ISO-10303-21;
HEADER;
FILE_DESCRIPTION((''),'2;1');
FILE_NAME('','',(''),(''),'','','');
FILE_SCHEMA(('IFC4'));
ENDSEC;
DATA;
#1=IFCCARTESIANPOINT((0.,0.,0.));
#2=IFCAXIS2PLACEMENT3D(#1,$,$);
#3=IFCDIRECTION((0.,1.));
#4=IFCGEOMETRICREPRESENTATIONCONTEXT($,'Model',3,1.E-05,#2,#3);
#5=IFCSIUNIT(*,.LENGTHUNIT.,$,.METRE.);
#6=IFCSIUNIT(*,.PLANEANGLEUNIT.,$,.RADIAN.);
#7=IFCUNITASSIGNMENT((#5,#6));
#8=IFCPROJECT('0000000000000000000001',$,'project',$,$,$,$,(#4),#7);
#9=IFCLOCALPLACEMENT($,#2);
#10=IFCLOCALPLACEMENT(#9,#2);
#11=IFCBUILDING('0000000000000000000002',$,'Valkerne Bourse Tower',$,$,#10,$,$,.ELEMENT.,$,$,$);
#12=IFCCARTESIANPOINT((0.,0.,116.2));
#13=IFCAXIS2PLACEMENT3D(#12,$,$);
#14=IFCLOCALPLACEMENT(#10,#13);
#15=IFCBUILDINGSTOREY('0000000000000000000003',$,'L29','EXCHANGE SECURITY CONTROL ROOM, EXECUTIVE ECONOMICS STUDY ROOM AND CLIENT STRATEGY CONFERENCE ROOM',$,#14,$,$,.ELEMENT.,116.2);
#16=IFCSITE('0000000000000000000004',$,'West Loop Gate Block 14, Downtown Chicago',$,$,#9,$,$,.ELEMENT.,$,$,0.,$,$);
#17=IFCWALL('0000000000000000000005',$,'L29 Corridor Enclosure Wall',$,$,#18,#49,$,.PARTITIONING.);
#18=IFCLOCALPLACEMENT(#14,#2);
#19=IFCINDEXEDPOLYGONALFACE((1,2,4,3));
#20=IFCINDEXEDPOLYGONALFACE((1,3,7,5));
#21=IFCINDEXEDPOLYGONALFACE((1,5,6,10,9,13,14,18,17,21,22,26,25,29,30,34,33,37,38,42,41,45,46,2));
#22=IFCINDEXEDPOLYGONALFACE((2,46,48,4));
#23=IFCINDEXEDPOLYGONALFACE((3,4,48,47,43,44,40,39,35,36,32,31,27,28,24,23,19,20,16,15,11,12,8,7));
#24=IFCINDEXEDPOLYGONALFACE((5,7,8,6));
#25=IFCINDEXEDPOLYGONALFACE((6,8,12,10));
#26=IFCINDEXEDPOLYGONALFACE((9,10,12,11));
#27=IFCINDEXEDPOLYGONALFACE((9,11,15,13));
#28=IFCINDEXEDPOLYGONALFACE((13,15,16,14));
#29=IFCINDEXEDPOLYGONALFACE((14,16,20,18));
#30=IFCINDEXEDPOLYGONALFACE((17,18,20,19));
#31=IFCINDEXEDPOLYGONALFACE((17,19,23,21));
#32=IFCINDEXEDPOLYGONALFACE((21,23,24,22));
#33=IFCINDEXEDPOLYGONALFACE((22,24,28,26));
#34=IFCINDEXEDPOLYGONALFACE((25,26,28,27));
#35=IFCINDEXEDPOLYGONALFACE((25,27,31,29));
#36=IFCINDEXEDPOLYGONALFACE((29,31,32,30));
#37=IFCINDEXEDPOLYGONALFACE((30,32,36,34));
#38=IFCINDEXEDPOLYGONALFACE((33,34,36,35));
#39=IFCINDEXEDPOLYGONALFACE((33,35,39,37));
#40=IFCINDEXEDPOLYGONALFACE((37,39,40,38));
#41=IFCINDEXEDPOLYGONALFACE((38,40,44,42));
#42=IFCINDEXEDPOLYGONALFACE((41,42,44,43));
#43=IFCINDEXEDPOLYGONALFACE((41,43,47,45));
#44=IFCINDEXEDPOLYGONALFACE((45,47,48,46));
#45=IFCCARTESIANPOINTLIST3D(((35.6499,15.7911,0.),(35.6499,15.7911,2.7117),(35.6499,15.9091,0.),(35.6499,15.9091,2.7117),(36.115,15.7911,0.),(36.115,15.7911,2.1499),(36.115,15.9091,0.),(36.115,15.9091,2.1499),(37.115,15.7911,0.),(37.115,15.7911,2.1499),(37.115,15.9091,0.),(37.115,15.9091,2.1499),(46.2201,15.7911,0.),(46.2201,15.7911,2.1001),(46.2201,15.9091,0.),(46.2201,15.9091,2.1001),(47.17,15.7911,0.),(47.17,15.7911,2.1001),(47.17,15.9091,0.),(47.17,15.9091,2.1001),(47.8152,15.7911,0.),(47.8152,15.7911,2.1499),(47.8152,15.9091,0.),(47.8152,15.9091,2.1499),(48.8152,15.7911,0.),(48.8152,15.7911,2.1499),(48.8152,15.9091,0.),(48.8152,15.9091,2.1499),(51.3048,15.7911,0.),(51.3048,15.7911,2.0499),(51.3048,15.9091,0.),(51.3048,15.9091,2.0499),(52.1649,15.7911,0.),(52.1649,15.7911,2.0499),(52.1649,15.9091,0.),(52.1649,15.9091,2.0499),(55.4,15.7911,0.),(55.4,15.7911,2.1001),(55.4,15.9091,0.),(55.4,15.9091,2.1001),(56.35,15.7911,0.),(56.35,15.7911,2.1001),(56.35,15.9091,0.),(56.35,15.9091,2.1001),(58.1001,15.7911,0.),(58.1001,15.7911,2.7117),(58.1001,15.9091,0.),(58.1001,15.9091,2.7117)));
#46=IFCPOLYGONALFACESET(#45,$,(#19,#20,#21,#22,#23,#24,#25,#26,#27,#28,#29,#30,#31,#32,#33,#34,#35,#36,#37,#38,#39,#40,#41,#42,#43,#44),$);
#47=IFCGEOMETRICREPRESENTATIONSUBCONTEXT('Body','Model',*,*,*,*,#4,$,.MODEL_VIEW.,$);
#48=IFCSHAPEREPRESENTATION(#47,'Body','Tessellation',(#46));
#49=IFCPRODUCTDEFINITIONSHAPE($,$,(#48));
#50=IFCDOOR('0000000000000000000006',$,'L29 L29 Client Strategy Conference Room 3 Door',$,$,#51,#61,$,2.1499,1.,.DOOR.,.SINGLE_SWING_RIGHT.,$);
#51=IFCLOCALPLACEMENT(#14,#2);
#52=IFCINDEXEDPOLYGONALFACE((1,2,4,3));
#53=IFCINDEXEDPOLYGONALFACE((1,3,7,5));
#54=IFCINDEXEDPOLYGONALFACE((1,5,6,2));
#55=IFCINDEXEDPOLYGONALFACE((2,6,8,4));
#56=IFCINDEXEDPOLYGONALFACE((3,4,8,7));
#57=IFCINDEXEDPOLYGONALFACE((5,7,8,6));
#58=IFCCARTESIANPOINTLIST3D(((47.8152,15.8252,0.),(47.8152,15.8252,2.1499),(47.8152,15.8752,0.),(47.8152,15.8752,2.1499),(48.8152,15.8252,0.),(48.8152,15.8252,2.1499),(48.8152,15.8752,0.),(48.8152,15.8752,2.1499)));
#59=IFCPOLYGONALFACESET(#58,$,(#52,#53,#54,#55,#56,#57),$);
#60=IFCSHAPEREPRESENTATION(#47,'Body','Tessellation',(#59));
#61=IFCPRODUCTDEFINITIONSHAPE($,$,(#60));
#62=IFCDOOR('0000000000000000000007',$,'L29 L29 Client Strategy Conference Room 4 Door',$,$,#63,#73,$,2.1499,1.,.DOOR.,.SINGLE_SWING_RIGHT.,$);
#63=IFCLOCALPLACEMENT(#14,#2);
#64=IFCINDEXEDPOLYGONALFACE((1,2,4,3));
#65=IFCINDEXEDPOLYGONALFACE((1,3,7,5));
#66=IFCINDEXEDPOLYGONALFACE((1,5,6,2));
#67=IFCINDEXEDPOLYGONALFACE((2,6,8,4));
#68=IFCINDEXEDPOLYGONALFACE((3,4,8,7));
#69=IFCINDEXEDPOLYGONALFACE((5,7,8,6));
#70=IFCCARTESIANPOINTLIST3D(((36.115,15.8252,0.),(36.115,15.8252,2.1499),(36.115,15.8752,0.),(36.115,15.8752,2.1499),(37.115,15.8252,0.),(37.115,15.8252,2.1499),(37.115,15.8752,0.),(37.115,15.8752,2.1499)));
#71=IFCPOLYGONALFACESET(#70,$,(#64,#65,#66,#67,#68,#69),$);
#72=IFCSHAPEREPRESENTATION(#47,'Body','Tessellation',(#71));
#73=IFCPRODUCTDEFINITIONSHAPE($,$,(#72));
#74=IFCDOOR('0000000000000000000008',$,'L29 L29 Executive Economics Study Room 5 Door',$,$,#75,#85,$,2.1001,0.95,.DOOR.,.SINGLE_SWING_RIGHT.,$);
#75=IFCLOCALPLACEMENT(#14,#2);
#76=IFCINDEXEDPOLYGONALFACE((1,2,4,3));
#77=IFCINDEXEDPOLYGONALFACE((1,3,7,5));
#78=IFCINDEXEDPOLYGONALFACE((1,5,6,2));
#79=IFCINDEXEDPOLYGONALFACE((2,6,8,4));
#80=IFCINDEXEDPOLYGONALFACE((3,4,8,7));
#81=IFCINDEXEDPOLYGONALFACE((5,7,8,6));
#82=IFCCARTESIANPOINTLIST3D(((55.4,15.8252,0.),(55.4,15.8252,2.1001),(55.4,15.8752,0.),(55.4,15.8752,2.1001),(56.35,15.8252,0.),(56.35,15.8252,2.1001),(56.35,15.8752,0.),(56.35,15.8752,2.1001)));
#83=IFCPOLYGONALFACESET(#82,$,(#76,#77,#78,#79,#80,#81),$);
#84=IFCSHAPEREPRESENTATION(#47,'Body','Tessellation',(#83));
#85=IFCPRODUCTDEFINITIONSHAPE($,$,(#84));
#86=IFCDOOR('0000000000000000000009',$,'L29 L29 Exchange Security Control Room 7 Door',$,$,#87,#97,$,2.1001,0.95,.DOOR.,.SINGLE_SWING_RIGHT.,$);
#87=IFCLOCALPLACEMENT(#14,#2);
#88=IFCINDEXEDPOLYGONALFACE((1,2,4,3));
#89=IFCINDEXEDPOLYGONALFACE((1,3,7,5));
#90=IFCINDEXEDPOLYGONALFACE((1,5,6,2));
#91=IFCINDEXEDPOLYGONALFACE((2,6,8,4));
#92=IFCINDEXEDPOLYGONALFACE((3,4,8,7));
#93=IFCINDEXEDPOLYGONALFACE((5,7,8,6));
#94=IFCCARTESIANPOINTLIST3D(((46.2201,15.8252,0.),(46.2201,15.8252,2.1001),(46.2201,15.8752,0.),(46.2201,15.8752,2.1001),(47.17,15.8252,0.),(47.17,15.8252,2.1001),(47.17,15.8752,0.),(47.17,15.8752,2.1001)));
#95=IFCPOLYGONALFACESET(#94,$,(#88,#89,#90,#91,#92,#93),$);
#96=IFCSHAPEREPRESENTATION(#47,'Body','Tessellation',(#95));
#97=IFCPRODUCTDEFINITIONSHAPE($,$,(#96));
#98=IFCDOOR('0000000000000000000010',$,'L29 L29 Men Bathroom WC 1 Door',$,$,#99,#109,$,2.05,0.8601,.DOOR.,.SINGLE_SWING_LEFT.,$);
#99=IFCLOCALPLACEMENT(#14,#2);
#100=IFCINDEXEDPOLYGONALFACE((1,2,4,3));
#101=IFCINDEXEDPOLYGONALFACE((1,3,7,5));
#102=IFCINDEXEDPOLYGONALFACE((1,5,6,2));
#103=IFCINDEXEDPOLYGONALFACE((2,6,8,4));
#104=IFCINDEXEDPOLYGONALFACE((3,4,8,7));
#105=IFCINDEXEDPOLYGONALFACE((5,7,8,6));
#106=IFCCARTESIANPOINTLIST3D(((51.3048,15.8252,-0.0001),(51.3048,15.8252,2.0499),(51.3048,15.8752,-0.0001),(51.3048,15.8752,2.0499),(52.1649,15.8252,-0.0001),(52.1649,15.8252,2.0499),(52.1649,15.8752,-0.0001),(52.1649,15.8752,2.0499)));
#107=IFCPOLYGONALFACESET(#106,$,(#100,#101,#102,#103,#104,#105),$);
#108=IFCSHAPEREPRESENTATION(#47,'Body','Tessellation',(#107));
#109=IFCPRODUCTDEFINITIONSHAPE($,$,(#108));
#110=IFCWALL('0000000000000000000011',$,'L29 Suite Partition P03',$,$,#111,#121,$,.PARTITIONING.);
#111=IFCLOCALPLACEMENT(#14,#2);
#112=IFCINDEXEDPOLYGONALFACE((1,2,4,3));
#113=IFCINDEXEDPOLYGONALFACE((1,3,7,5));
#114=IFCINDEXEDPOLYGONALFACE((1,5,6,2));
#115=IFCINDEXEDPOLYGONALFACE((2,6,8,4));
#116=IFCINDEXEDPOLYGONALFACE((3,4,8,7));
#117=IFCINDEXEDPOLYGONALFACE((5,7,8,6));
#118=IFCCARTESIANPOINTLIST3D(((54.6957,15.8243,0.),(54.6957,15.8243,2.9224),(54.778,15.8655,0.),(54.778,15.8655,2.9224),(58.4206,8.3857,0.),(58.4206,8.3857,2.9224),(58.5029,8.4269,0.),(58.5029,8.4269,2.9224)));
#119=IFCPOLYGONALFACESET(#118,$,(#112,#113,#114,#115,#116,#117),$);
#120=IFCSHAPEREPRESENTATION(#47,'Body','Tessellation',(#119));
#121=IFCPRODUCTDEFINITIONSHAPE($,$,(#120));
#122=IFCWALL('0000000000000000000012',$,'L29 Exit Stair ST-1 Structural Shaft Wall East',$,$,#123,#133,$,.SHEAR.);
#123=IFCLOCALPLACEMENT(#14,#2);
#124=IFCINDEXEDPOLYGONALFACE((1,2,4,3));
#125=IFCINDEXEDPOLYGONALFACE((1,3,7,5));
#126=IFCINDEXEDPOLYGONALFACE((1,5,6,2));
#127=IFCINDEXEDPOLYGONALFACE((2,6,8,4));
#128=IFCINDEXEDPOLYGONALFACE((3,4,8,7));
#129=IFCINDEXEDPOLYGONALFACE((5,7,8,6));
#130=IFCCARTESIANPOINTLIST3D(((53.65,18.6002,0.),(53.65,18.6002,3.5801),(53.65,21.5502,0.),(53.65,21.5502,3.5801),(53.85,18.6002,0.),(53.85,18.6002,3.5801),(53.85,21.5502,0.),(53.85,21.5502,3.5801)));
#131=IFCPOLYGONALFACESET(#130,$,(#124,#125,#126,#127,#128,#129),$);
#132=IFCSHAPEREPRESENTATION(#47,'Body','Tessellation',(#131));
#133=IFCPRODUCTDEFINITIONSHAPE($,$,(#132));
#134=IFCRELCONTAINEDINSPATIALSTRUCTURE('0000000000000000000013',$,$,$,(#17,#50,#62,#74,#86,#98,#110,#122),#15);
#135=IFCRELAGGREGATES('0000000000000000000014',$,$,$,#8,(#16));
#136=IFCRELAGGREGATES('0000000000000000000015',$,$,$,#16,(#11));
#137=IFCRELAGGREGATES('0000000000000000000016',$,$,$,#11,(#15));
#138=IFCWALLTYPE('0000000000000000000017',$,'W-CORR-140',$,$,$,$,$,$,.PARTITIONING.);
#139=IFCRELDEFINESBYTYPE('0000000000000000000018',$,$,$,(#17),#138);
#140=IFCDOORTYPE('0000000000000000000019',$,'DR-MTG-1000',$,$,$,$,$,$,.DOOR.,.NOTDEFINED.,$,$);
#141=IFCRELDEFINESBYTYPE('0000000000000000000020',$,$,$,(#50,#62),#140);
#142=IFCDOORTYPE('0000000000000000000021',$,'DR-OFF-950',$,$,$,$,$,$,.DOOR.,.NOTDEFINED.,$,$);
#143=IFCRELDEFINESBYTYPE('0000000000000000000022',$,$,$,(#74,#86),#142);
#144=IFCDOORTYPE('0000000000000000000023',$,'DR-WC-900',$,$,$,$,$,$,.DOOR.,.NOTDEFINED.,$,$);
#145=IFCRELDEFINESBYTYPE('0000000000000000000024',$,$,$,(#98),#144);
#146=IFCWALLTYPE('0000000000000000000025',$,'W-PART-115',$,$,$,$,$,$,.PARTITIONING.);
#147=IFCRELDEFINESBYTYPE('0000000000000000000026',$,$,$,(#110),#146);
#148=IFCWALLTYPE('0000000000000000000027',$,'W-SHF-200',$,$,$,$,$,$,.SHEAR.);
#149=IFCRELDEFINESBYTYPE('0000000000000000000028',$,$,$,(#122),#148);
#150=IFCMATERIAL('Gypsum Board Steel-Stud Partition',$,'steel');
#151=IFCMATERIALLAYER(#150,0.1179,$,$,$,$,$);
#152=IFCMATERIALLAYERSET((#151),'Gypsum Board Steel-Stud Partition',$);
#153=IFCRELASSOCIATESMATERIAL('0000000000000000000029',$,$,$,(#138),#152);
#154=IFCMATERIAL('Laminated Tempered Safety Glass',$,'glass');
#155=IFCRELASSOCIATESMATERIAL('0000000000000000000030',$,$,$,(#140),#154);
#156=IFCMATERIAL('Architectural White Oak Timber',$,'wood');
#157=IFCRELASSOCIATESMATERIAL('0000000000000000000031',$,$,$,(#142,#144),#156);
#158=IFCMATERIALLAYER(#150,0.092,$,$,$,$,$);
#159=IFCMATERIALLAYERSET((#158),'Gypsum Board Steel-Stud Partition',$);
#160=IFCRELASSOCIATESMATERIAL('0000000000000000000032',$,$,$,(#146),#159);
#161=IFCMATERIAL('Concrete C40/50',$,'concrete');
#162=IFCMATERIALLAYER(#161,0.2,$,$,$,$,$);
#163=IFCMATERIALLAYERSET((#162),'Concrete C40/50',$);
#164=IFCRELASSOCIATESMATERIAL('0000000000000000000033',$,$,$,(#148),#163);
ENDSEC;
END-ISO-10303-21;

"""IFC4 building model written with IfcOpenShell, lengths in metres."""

from ifc_helpers import new_model, si_unit, direction, frame, frame_2d, origin, place, context, subcontext, project, spatial, rectangle, extrude, material, layer, layer_set, type_object, element, fill, save


model = new_model("IFC4")

# Units and contexts
model_context = context("Model", 3, precision=1e-05, world=origin(), true_north=direction((0.0, 1.0)))
body_context = subcontext(model_context, "Body", "Model", "MODEL_VIEW")
ifc_project = project(units=[si_unit("LENGTHUNIT", "METRE"), si_unit("PLANEANGLEUNIT", "RADIAN")], contexts=[model_context])

# Site, building, storey
site_placement = place(None, origin())
site = spatial("IfcSite", under=ifc_project, at=site_placement, Name="West Loop Gate Block 14, Downtown Chicago", CompositionType="ELEMENT", RefElevation=0.0)
building_placement = place(site_placement, origin())
building = spatial("IfcBuilding", under=site, at=building_placement, Name="Valkerne Bourse Tower", CompositionType="ELEMENT")
storey_placement = place(building_placement, frame((0.0, 0.0, 116.2)))
storey = spatial("IfcBuildingStorey", under=building, at=storey_placement, Name="L29", Description="EXCHANGE SECURITY CONTROL ROOM, EXECUTIVE ECONOMICS STUDY ROOM AND CLIENT STRATEGY CONFERENCE ROOM", CompositionType="ELEMENT", Elevation=116.2)

# Wall, openings, doors
ifc_material_1 = material(Name="Gypsum Board Steel-Stud Partition", Category="steel")
ifc_layer_1 = layer(ifc_material_1, 0.1179)
ifc_layer_set_1 = layer_set([ifc_layer_1], Name="Gypsum Board Steel-Stud Partition")
wall_type_1 = type_object("IfcWallType", Name="W-CORR-140", PredefinedType="PARTITIONING", material=ifc_layer_set_1)
wall_1_placement = place(storey_placement, frame((58.1001, 15.8501, 0.0), z_axis=(0.0, 0.0, 1.0), x_axis=(-1.0, 0.0, 0.0)))
wall_1 = element("IfcWall", 1, at=wall_1_placement, inside=storey, type_object=wall_type_1, Name="L29 Corridor Enclosure Wall", PredefinedType="PARTITIONING", context=body_context, shape_type="SweptSolid", body=[
    extrude(rectangle(XDim=22.4502, YDim=0.1179, at=frame_2d((11.2251, 0.0))), origin(), (0.0, 0.0, 1.0), 2.7117),
])
opening_1_placement = place(wall_1_placement, frame((5.9351, 0.0, 0.0)))
opening_1 = element("IfcOpeningElement", 2, at=opening_1_placement, cuts=wall_1, PredefinedType="OPENING", context=body_context, shape_type="SweptSolid", body=[
    extrude(rectangle(XDim=0.8601, YDim=2.05, at=frame_2d((0.4302, 1.0249))), frame((0.0, 0.0688, 0.0), z_axis=(0.0, -1.0, 0.0), x_axis=(1.0, 0.0, 0.0)), (0.0, 0.0, 1.0), 0.1379),
])
opening_2_placement = place(wall_1_placement, frame((9.2849, 0.0, 0.0)))
opening_2 = element("IfcOpeningElement", 3, at=opening_2_placement, cuts=wall_1, PredefinedType="OPENING", context=body_context, shape_type="SweptSolid", body=[
    extrude(rectangle(XDim=1.0, YDim=2.1499, at=frame_2d((0.5, 1.075))), frame((0.0, 0.0688, 0.0), z_axis=(0.0, -1.0, 0.0), x_axis=(1.0, 0.0, 0.0)), (0.0, 0.0, 1.0), 0.1379),
])
opening_3_placement = place(wall_1_placement, frame((20.9851, 0.0, 0.0)))
opening_3 = element("IfcOpeningElement", 4, at=opening_3_placement, cuts=wall_1, PredefinedType="OPENING", context=body_context, shape_type="SweptSolid", body=[
    extrude(rectangle(XDim=1.0, YDim=2.1499, at=frame_2d((0.5, 1.075))), frame((0.0, 0.0688, 0.0), z_axis=(0.0, -1.0, 0.0), x_axis=(1.0, 0.0, 0.0)), (0.0, 0.0, 1.0), 0.1379),
])
opening_4_placement = place(wall_1_placement, frame((1.75, 0.0, 0.0)))
opening_4 = element("IfcOpeningElement", 5, at=opening_4_placement, cuts=wall_1, PredefinedType="OPENING", context=body_context, shape_type="SweptSolid", body=[
    extrude(rectangle(XDim=0.95, YDim=2.1001, at=frame_2d((0.4751, 1.05))), frame((0.0, 0.0688, 0.0), z_axis=(0.0, -1.0, 0.0), x_axis=(1.0, 0.0, 0.0)), (0.0, 0.0, 1.0), 0.1379),
])
opening_5_placement = place(wall_1_placement, frame((10.9299, 0.0, 0.0)))
opening_5 = element("IfcOpeningElement", 6, at=opening_5_placement, cuts=wall_1, PredefinedType="OPENING", context=body_context, shape_type="SweptSolid", body=[
    extrude(rectangle(XDim=0.95, YDim=2.1001, at=frame_2d((0.4751, 1.05))), frame((0.0, 0.0688, 0.0), z_axis=(0.0, -1.0, 0.0), x_axis=(1.0, 0.0, 0.0)), (0.0, 0.0, 1.0), 0.1379),
])
ifc_material_2 = material(Name="Laminated Tempered Safety Glass", Category="glass")
door_type_1 = type_object("IfcDoorType", Name="DR-MTG-1000", OperationType="NOTDEFINED", PredefinedType="DOOR", material=ifc_material_2)
door_1_placement = place(opening_2_placement, origin())
door_1 = element("IfcDoor", 7, at=door_1_placement, inside=storey, type_object=door_type_1, Name="L29 L29 Client Strategy Conference Room 3 Door", OperationType="SINGLE_SWING_RIGHT", OverallHeight=2.1499, OverallWidth=1.0, PredefinedType="DOOR", context=body_context, shape_type="SweptSolid", body=[
    extrude(rectangle(XDim=1.0, YDim=2.1499, at=frame_2d((0.5, 1.075))), frame((0.0, 0.0249, 0.0), z_axis=(0.0, -1.0, 0.0), x_axis=(1.0, 0.0, 0.0)), (0.0, 0.0, 1.0), 0.05),
])
fill(opening_2, door_1)
door_2_placement = place(opening_3_placement, origin())
door_2 = element("IfcDoor", 8, at=door_2_placement, inside=storey, type_object=door_type_1, Name="L29 L29 Client Strategy Conference Room 4 Door", OperationType="SINGLE_SWING_RIGHT", OverallHeight=2.1499, OverallWidth=1.0, PredefinedType="DOOR", context=body_context, shape_type="SweptSolid", body=[
    extrude(rectangle(XDim=1.0, YDim=2.1499, at=frame_2d((0.5, 1.075))), frame((0.0, 0.0249, 0.0), z_axis=(0.0, -1.0, 0.0), x_axis=(1.0, 0.0, 0.0)), (0.0, 0.0, 1.0), 0.05),
])
fill(opening_3, door_2)
ifc_material_3 = material(Name="Architectural White Oak Timber", Category="wood")
door_type_2 = type_object("IfcDoorType", Name="DR-OFF-950", OperationType="NOTDEFINED", PredefinedType="DOOR", material=ifc_material_3)
door_3_placement = place(opening_4_placement, origin())
door_3 = element("IfcDoor", 9, at=door_3_placement, inside=storey, type_object=door_type_2, Name="L29 L29 Executive Economics Study Room 5 Door", OperationType="SINGLE_SWING_RIGHT", OverallHeight=2.1001, OverallWidth=0.95, PredefinedType="DOOR", context=body_context, shape_type="SweptSolid", body=[
    extrude(rectangle(XDim=0.95, YDim=2.1001, at=frame_2d((0.4751, 1.05))), frame((0.0, 0.0249, 0.0), z_axis=(0.0, -1.0, 0.0), x_axis=(1.0, 0.0, 0.0)), (0.0, 0.0, 1.0), 0.05),
])
fill(opening_4, door_3)
door_4_placement = place(opening_5_placement, origin())
door_4 = element("IfcDoor", 10, at=door_4_placement, inside=storey, type_object=door_type_2, Name="L29 L29 Exchange Security Control Room 7 Door", OperationType="SINGLE_SWING_RIGHT", OverallHeight=2.1001, OverallWidth=0.95, PredefinedType="DOOR", context=body_context, shape_type="SweptSolid", body=[
    extrude(rectangle(XDim=0.95, YDim=2.1001, at=frame_2d((0.4751, 1.05))), frame((0.0, 0.0249, 0.0), z_axis=(0.0, -1.0, 0.0), x_axis=(1.0, 0.0, 0.0)), (0.0, 0.0, 1.0), 0.05),
])
fill(opening_5, door_4)
door_type_3 = type_object("IfcDoorType", Name="DR-WC-900", OperationType="NOTDEFINED", PredefinedType="DOOR", material=ifc_material_3)
door_5_placement = place(opening_1_placement, origin())
door_5 = element("IfcDoor", 11, at=door_5_placement, inside=storey, type_object=door_type_3, Name="L29 L29 Men Bathroom WC 1 Door", OperationType="SINGLE_SWING_LEFT", OverallHeight=2.05, OverallWidth=0.8601, PredefinedType="DOOR", context=body_context, shape_type="SweptSolid", body=[
    extrude(rectangle(XDim=0.8601, YDim=2.05, at=frame_2d((0.4302, 1.0249))), frame((0.0, 0.0249, 0.0), z_axis=(0.0, -1.0, 0.0), x_axis=(1.0, 0.0, 0.0)), (0.0, 0.0, 1.0), 0.05),
])
fill(opening_1, door_5)

# Walls
ifc_layer_2 = layer(ifc_material_1, 0.092)
ifc_layer_set_2 = layer_set([ifc_layer_2], Name="Gypsum Board Steel-Stud Partition")
wall_type_2 = type_object("IfcWallType", Name="W-PART-115", PredefinedType="PARTITIONING", material=ifc_layer_set_2)
wall_2_placement = place(storey_placement, frame((54.7368, 15.845, 0.0), z_axis=(0.0, 0.0, 1.0), x_axis=(0.447754, -0.894157, 0.0)))
element("IfcWall", 12, at=wall_2_placement, inside=storey, type_object=wall_type_2, Name="L29 Suite Partition P03", PredefinedType="PARTITIONING", context=body_context, shape_type="SweptSolid", body=[
    extrude(rectangle(XDim=8.3191, YDim=0.092, at=frame_2d((4.1597, 0.0))), origin(), (0.0, 0.0, 1.0), 2.9224),
])
ifc_material_4 = material(Name="Concrete C40/50", Category="concrete")
ifc_layer_3 = layer(ifc_material_4, 0.2)
ifc_layer_set_3 = layer_set([ifc_layer_3], Name="Concrete C40/50")
wall_type_3 = type_object("IfcWallType", Name="W-SHF-200", PredefinedType="SHEAR", material=ifc_layer_set_3)
wall_3_placement = place(storey_placement, frame((53.75, 18.6001, 0.0), z_axis=(0.0, 0.0, 1.0), x_axis=(0.0, 1.0, 0.0)))
element("IfcWall", 13, at=wall_3_placement, inside=storey, type_object=wall_type_3, Name="L29 Exit Stair ST-1 Structural Shaft Wall East", PredefinedType="SHEAR", context=body_context, shape_type="SweptSolid", body=[
    extrude(rectangle(XDim=2.95, YDim=0.2, at=frame_2d((1.4751, 0.0))), origin(), (0.0, 0.0, 1.0), 3.5801),
])

save(model, "model.ifc")
